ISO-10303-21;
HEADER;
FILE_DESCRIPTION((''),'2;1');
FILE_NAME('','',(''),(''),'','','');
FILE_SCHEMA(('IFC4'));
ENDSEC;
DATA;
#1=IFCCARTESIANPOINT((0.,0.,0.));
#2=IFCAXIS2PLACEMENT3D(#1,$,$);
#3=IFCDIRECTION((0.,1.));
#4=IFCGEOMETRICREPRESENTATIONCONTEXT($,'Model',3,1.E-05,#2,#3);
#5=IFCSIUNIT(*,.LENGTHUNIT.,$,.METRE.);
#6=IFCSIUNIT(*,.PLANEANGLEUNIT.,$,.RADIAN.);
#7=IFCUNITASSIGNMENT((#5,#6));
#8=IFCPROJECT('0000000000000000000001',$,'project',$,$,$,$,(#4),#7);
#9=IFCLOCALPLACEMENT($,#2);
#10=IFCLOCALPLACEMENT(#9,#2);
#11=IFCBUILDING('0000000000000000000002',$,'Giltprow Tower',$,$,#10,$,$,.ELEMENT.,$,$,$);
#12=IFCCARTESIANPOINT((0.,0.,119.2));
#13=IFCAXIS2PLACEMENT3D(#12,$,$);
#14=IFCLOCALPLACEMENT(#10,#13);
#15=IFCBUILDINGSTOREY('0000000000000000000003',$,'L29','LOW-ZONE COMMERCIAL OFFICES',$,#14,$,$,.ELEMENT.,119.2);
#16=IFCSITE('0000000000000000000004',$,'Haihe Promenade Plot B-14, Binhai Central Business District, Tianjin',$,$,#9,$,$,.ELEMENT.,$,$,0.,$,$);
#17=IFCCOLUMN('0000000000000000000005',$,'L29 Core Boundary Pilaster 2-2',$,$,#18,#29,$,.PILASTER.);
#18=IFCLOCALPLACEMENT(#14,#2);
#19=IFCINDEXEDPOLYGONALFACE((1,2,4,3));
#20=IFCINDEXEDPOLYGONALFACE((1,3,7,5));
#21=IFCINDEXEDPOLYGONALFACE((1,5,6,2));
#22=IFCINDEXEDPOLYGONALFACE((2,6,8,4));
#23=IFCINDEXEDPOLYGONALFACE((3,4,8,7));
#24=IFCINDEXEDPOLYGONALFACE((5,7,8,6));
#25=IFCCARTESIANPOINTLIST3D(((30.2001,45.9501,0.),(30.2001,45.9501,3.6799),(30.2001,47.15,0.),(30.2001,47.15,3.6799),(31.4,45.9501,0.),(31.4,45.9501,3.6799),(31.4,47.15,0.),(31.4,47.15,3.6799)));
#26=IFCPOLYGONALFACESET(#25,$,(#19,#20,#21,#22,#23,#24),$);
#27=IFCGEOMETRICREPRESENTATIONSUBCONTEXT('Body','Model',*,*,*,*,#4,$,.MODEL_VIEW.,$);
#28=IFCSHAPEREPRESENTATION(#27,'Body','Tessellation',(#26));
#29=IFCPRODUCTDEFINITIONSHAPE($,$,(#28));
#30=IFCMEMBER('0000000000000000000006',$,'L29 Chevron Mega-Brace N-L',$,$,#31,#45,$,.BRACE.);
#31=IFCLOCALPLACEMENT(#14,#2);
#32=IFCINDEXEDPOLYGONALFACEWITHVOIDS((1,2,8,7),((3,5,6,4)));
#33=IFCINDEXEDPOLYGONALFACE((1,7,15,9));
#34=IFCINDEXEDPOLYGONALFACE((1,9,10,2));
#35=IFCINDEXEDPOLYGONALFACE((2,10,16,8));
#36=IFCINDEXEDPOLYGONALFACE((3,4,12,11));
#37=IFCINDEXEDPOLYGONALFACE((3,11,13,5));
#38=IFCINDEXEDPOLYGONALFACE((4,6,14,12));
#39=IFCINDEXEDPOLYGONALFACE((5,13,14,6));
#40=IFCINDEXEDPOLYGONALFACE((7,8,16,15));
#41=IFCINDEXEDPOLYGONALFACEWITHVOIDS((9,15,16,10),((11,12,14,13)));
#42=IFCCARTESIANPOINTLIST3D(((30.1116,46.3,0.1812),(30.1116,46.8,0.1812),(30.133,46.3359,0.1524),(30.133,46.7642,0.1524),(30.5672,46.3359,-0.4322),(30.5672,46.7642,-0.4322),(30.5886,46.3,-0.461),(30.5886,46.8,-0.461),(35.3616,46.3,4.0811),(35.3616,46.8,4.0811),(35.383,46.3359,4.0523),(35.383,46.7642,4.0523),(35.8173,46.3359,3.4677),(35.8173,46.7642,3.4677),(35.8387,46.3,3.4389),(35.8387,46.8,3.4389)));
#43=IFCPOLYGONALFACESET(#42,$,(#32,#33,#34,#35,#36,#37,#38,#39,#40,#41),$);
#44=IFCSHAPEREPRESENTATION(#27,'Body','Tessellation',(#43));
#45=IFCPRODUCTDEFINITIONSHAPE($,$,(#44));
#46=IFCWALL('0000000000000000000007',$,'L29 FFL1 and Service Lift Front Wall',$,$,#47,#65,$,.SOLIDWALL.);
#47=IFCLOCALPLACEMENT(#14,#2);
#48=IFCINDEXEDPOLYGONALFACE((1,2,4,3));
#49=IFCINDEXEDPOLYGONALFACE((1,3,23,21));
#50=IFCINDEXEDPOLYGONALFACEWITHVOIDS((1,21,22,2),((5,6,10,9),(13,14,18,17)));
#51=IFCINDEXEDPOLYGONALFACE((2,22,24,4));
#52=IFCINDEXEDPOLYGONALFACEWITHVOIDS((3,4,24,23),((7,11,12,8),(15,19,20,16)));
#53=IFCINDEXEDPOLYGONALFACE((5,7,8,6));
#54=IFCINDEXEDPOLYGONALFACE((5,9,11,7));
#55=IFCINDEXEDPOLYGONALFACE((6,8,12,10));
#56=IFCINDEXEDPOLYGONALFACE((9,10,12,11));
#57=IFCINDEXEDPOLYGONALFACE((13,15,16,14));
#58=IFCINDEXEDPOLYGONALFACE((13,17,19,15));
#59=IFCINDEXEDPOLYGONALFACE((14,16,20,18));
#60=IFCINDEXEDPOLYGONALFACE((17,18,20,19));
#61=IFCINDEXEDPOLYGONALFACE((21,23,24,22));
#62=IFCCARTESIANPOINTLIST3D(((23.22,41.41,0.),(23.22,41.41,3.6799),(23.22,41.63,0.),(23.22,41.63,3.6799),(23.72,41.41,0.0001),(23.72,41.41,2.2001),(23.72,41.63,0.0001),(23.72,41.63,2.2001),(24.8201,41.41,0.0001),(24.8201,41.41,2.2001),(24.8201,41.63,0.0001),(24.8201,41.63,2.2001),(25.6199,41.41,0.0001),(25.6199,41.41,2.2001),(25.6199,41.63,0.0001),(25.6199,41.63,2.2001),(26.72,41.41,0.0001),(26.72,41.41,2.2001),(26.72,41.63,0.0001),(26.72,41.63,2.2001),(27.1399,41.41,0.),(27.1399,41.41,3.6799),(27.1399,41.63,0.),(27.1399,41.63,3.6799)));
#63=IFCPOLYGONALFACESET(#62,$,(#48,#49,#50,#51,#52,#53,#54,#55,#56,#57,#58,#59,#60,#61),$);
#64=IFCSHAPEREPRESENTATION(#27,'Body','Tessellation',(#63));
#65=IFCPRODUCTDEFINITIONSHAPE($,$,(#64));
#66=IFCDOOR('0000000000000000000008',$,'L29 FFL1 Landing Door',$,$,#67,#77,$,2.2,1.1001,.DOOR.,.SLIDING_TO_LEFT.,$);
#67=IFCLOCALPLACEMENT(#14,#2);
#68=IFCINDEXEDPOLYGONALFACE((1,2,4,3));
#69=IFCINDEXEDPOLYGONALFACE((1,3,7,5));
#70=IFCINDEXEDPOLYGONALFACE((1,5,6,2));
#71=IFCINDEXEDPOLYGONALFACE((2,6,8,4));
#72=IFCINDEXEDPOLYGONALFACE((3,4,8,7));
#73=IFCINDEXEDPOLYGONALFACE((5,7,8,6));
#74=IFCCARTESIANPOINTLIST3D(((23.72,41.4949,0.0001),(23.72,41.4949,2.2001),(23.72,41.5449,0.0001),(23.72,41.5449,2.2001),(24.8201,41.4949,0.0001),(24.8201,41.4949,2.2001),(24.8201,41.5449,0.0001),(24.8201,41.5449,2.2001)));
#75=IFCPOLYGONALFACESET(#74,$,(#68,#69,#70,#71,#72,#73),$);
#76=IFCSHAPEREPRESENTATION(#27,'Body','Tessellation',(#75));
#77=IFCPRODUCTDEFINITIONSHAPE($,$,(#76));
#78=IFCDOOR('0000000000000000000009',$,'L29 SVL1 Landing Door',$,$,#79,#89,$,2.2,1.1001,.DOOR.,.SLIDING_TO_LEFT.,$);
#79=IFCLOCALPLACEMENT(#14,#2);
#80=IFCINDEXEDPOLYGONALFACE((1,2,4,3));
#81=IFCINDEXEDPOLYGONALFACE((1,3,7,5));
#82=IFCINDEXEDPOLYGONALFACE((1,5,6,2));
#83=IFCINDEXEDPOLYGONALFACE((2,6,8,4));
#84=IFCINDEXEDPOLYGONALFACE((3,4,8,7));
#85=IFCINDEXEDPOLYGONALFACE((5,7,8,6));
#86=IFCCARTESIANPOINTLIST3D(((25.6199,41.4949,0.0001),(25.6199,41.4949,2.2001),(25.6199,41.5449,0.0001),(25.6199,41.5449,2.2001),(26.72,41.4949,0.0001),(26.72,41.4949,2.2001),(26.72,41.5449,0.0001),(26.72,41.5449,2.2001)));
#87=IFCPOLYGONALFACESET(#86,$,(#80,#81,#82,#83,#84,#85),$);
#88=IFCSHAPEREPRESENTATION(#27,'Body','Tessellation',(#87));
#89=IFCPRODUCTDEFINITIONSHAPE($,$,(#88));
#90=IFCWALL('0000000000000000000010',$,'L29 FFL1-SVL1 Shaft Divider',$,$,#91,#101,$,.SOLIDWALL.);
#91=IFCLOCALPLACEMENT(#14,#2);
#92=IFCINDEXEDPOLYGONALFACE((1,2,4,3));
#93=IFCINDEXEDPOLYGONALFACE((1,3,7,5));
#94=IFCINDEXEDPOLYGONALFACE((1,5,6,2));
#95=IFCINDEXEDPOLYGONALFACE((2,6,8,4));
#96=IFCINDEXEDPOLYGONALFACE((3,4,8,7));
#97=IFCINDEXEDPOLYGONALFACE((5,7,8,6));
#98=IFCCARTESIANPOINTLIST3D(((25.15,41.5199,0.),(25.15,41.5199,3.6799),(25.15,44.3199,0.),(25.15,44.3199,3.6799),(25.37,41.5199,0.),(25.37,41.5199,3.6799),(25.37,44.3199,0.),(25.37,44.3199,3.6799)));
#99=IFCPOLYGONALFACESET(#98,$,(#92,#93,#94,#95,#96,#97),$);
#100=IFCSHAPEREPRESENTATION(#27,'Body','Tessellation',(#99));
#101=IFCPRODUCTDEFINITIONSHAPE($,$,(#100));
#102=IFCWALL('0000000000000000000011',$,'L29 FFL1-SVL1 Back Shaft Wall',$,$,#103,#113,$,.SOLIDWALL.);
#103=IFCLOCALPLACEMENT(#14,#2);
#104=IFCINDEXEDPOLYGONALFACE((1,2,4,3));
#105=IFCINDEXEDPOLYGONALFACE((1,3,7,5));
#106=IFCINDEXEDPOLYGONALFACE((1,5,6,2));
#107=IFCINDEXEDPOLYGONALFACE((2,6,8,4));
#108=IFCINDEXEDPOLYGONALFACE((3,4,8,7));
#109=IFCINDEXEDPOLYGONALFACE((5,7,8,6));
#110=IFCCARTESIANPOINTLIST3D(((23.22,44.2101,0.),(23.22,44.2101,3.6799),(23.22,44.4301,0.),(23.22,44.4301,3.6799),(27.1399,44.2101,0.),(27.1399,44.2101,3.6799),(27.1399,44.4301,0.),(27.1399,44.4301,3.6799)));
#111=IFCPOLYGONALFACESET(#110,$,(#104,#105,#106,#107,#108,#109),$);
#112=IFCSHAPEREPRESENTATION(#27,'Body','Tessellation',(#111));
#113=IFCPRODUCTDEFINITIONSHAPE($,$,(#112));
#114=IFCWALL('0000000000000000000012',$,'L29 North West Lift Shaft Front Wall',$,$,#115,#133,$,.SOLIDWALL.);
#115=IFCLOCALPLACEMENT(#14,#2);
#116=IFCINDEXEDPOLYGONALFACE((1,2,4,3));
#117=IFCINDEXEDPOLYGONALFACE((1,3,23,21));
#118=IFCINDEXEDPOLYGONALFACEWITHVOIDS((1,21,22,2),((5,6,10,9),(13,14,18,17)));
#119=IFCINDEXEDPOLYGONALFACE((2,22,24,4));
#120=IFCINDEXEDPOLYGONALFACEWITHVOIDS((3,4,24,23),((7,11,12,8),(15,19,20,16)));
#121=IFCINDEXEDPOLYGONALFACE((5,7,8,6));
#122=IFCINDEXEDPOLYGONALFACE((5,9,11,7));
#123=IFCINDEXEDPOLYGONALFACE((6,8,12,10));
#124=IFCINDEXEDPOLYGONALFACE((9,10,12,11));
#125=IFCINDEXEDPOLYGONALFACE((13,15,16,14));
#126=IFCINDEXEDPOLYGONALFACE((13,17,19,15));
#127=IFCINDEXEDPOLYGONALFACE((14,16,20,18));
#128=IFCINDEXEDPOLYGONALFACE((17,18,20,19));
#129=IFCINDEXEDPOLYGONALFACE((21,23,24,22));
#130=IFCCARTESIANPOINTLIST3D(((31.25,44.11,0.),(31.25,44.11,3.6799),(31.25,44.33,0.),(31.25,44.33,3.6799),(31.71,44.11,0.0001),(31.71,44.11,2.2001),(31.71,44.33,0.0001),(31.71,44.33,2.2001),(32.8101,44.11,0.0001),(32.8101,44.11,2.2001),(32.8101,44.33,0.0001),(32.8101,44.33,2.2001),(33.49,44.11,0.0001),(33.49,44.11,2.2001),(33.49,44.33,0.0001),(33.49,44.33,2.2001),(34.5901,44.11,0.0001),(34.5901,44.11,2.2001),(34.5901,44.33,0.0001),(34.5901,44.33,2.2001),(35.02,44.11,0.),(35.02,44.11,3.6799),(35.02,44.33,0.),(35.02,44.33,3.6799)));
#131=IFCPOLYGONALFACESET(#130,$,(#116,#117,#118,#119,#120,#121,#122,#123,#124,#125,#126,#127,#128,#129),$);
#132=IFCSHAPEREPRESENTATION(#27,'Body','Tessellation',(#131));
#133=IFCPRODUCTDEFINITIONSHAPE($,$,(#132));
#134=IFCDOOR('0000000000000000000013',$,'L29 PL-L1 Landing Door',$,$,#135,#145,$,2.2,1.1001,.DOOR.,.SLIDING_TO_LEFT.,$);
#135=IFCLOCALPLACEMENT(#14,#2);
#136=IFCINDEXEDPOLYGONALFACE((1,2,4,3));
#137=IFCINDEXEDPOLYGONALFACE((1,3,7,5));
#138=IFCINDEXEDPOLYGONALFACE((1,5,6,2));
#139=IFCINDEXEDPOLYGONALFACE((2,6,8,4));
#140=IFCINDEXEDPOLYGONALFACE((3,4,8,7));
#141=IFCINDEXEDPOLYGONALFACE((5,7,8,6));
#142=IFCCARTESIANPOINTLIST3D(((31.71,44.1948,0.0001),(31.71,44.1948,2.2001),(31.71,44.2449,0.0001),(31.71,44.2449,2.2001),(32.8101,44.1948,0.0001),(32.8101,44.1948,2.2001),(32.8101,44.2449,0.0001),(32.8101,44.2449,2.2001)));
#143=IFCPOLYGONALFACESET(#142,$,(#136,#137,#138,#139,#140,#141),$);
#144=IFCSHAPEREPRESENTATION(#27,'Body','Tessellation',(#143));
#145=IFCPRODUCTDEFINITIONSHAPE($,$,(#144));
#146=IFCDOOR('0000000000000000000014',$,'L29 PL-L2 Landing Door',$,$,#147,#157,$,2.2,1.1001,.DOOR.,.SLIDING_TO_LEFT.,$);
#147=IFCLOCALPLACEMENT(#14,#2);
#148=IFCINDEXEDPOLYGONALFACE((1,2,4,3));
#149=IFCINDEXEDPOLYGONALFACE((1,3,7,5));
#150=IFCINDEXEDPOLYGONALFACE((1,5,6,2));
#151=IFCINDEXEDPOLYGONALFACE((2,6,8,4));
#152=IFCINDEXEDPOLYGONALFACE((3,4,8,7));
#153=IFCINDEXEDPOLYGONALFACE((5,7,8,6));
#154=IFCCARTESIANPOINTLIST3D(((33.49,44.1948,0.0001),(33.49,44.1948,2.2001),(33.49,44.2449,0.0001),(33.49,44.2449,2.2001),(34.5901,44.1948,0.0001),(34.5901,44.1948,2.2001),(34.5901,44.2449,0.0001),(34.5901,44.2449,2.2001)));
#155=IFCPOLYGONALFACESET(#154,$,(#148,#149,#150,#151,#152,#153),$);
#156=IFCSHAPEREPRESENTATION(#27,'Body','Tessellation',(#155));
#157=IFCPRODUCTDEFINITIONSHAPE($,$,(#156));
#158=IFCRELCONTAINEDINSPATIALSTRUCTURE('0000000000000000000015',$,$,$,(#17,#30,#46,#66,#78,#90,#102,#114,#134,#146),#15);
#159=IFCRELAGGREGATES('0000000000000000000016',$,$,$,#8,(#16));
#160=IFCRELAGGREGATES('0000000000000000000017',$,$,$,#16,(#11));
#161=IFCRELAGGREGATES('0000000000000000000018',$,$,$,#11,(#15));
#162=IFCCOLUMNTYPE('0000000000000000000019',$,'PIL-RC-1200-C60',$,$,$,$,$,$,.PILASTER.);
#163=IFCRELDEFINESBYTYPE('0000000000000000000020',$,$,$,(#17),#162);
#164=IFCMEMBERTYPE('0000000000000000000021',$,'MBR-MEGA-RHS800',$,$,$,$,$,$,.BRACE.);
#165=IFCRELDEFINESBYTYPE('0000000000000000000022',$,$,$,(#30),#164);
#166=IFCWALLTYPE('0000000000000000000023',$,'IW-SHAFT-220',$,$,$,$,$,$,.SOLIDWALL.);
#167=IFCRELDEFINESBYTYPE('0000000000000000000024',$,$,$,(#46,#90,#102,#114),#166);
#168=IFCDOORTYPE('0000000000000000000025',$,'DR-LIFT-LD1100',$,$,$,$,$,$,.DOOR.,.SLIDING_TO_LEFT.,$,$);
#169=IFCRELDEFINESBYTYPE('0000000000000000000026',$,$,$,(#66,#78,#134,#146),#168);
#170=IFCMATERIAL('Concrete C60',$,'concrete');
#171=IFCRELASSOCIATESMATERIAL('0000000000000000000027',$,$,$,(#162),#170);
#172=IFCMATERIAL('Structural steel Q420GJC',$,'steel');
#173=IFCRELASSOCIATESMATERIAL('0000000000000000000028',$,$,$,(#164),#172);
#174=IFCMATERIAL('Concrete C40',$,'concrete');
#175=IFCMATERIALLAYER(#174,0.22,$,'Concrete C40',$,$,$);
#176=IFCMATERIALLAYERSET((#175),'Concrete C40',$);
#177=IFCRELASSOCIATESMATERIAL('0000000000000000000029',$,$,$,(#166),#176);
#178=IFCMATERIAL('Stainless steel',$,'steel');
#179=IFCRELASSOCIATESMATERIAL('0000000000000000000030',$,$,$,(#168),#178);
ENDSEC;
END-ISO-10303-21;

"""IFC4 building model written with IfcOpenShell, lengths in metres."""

from ifc_helpers import new_model, si_unit, direction, frame, frame_2d, origin, origin_2d, place, context, subcontext, project, spatial, rectangle, hollow_rectangle, extrude, source, transform, mapped, material, layer, layer_set, material_profile, profile_set, type_object, element, fill, save


model = new_model("IFC4")

# Units and contexts
model_context = context("Model", 3, precision=1e-05, world=origin(), true_north=direction((0.0, 1.0)))
body_context = subcontext(model_context, "Body", "Model", "MODEL_VIEW")
ifc_project = project(units=[si_unit("LENGTHUNIT", "METRE"), si_unit("PLANEANGLEUNIT", "RADIAN")], contexts=[model_context])

# Site, building, storey
site_placement = place(None, origin())
site = spatial("IfcSite", under=ifc_project, at=site_placement, Name="Haihe Promenade Plot B-14, Binhai Central Business District, Tianjin", CompositionType="ELEMENT", RefElevation=0.0)
building_placement = place(site_placement, origin())
building = spatial("IfcBuilding", under=site, at=building_placement, Name="Giltprow Tower", CompositionType="ELEMENT")
storey_placement = place(building_placement, frame((0.0, 0.0, 119.2)))
storey = spatial("IfcBuildingStorey", under=building, at=storey_placement, Name="L29", Description="LOW-ZONE COMMERCIAL OFFICES", CompositionType="ELEMENT", Elevation=119.2)

# Column
ifc_material_1 = material(Name="Concrete C60", Category="concrete")
ifc_material_profile_1 = material_profile(ifc_material_1, rectangle(XDim=1.2, YDim=1.2, at=origin_2d()), Name="RC 1200x1200")
ifc_profile_set_1 = profile_set([ifc_material_profile_1], Name="Concrete C60")
column_type = type_object("IfcColumnType", Name="PIL-RC-1200-C60", PredefinedType="PILASTER", material=ifc_profile_set_1)
shared_shape_1 = source(origin(), body_context, "Body", "SweptSolid", [
    extrude(rectangle(XDim=1.2, YDim=1.2, at=origin_2d()), origin(), (0.0, 0.0, 1.0), 3.6799),
])
column_placement = place(storey_placement, frame((30.8, 46.55, 0.0), z_axis=(0.0, 0.0, 1.0), x_axis=(1.0, 0.0, 0.0)))
element("IfcColumn", 1, at=column_placement, inside=storey, type_object=column_type, Name="L29 Core Boundary Pilaster 2-2", PredefinedType="PILASTER", context=body_context, shape_type="MappedRepresentation", body=[
    mapped(shared_shape_1, transform((0.0, 0.0, 0.0), x_axis=(1.0, 0.0, 0.0), y_axis=(0.0, 1.0, 0.0), z_axis=(0.0, 0.0, 1.0), scale=1.0)),
])

# Member
ifc_material_2 = material(Name="Structural steel Q420GJC", Category="steel")
ifc_material_profile_2 = material_profile(ifc_material_2, hollow_rectangle(XDim=0.5, YDim=0.8, WallThickness=0.0359, at=origin_2d()), Name="RHS 800x500x36")
ifc_profile_set_2 = profile_set([ifc_material_profile_2], Name="Structural steel Q420GJC")
member_type = type_object("IfcMemberType", Name="MBR-MEGA-RHS800", PredefinedType="BRACE", material=ifc_profile_set_2)
shared_shape_2 = source(origin(), body_context, "Body", "SweptSolid", [
    extrude(hollow_rectangle(XDim=0.5, YDim=0.8, WallThickness=0.0359, at=origin_2d()), origin(), (0.0, 0.0, 1.0), 6.54),
])
member_placement = place(storey_placement, frame((30.3501, 46.55, -0.1399), z_axis=(0.802751, 0.0, 0.596314), x_axis=(0.0, 1.0, 0.0)))
element("IfcMember", 2, at=member_placement, inside=storey, type_object=member_type, Name="L29 Chevron Mega-Brace N-L", PredefinedType="BRACE", context=body_context, shape_type="MappedRepresentation", body=[
    mapped(shared_shape_2, transform((0.0, 0.0, 0.0), x_axis=(1.0, 0.0, 0.0), y_axis=(0.0, 1.0, 0.0), z_axis=(0.0, 0.0, 1.0), scale=1.0)),
])

# Wall, openings, doors
ifc_material_3 = material(Name="Concrete C40", Category="concrete")
ifc_layer_1 = layer(ifc_material_3, 0.22, Name="Concrete C40")
ifc_layer_set_1 = layer_set([ifc_layer_1], Name="Concrete C40")
wall_type_1 = type_object("IfcWallType", Name="IW-SHAFT-220", PredefinedType="SOLIDWALL", material=ifc_layer_set_1)
wall_1_placement = place(storey_placement, frame((23.22, 41.52, 0.0), z_axis=(0.0, 0.0, 1.0), x_axis=(1.0, 0.0, 0.0)))
wall_1 = element("IfcWall", 3, at=wall_1_placement, inside=storey, type_object=wall_type_1, Name="L29 FFL1 and Service Lift Front Wall", PredefinedType="SOLIDWALL", context=body_context, shape_type="SweptSolid", body=[
    extrude(rectangle(XDim=3.9199, YDim=0.22, at=frame_2d((1.96, 0.0))), origin(), (0.0, 0.0, 1.0), 3.6799),
])
opening_1_placement = place(wall_1_placement, frame((0.5, 0.0, 0.0)))
opening_1 = element("IfcOpeningElement", 4, at=opening_1_placement, cuts=wall_1, PredefinedType="OPENING", context=body_context, shape_type="SweptSolid", body=[
    extrude(rectangle(XDim=1.1001, YDim=2.2, at=frame_2d((0.55, 1.1001))), frame((0.0, 0.1199, 0.0), z_axis=(0.0, -1.0, 0.0), x_axis=(1.0, 0.0, 0.0)), (0.0, 0.0, 1.0), 0.24),
])
opening_2_placement = place(wall_1_placement, frame((2.3999, 0.0, 0.0)))
opening_2 = element("IfcOpeningElement", 5, at=opening_2_placement, cuts=wall_1, PredefinedType="OPENING", context=body_context, shape_type="SweptSolid", body=[
    extrude(rectangle(XDim=1.1001, YDim=2.2, at=frame_2d((0.55, 1.1001))), frame((0.0, 0.1199, 0.0), z_axis=(0.0, -1.0, 0.0), x_axis=(1.0, 0.0, 0.0)), (0.0, 0.0, 1.0), 0.24),
])
ifc_material_4 = material(Name="Stainless steel", Category="steel")
door_type = type_object("IfcDoorType", Name="DR-LIFT-LD1100", OperationType="SLIDING_TO_LEFT", PredefinedType="DOOR", material=ifc_material_4)
shared_shape_3 = source(origin(), body_context, "Body", "SweptSolid", [
    extrude(rectangle(XDim=1.1001, YDim=2.2, at=frame_2d((0.55, 1.1001))), frame((0.0, 0.0249, 0.0), z_axis=(0.0, -1.0, 0.0), x_axis=(1.0, 0.0, 0.0)), (0.0, 0.0, 1.0), 0.05),
])
door_1_placement = place(opening_1_placement, origin())
door_1 = element("IfcDoor", 6, at=door_1_placement, inside=storey, type_object=door_type, Name="L29 FFL1 Landing Door", OperationType="SLIDING_TO_LEFT", OverallHeight=2.2, OverallWidth=1.1001, PredefinedType="DOOR", context=body_context, shape_type="MappedRepresentation", body=[
    mapped(shared_shape_3, transform((0.0, 0.0, 0.0), x_axis=(1.0, 0.0, 0.0), y_axis=(0.0, 1.0, 0.0), z_axis=(0.0, 0.0, 1.0), scale=1.0)),
])
fill(opening_1, door_1)
door_2_placement = place(opening_2_placement, origin())
door_2 = element("IfcDoor", 7, at=door_2_placement, inside=storey, type_object=door_type, Name="L29 SVL1 Landing Door", OperationType="SLIDING_TO_LEFT", OverallHeight=2.2, OverallWidth=1.1001, PredefinedType="DOOR", context=body_context, shape_type="MappedRepresentation", body=[
    mapped(shared_shape_3, transform((0.0, 0.0, 0.0), x_axis=(1.0, 0.0, 0.0), y_axis=(0.0, 1.0, 0.0), z_axis=(0.0, 0.0, 1.0), scale=1.0)),
])
fill(opening_2, door_2)

# Walls
wall_2_placement = place(storey_placement, frame((25.26, 41.52, 0.0), z_axis=(0.0, 0.0, 1.0), x_axis=(0.0, 1.0, 0.0)))
element("IfcWall", 8, at=wall_2_placement, inside=storey, type_object=wall_type_1, Name="L29 FFL1-SVL1 Shaft Divider", PredefinedType="SOLIDWALL", context=body_context, shape_type="SweptSolid", body=[
    extrude(rectangle(XDim=2.8, YDim=0.22, at=frame_2d((1.3999, 0.0))), origin(), (0.0, 0.0, 1.0), 3.6799),
])
wall_3_placement = place(storey_placement, frame((23.22, 44.3201, 0.0), z_axis=(0.0, 0.0, 1.0), x_axis=(1.0, 0.0, 0.0)))
element("IfcWall", 9, at=wall_3_placement, inside=storey, type_object=wall_type_1, Name="L29 FFL1-SVL1 Back Shaft Wall", PredefinedType="SOLIDWALL", context=body_context, shape_type="SweptSolid", body=[
    extrude(rectangle(XDim=3.9199, YDim=0.22, at=frame_2d((1.96, 0.0))), origin(), (0.0, 0.0, 1.0), 3.6799),
])

# Wall, openings, doors
wall_4_placement = place(storey_placement, frame((31.25, 44.22, 0.0), z_axis=(0.0, 0.0, 1.0), x_axis=(1.0, 0.0, 0.0)))
wall_4 = element("IfcWall", 10, at=wall_4_placement, inside=storey, type_object=wall_type_1, Name="L29 North West Lift Shaft Front Wall", PredefinedType="SOLIDWALL", context=body_context, shape_type="SweptSolid", body=[
    extrude(rectangle(XDim=3.77, YDim=0.22, at=frame_2d((1.885, 0.0))), origin(), (0.0, 0.0, 1.0), 3.6799),
])
opening_3_placement = place(wall_4_placement, frame((0.46, 0.0, 0.0)))
opening_3 = element("IfcOpeningElement", 11, at=opening_3_placement, cuts=wall_4, PredefinedType="OPENING", context=body_context, shape_type="SweptSolid", body=[
    extrude(rectangle(XDim=1.1001, YDim=2.2, at=frame_2d((0.55, 1.1001))), frame((0.0, 0.1199, 0.0), z_axis=(0.0, -1.0, 0.0), x_axis=(1.0, 0.0, 0.0)), (0.0, 0.0, 1.0), 0.24),
])
opening_4_placement = place(wall_4_placement, frame((2.24, 0.0, 0.0)))
opening_4 = element("IfcOpeningElement", 12, at=opening_4_placement, cuts=wall_4, PredefinedType="OPENING", context=body_context, shape_type="SweptSolid", body=[
    extrude(rectangle(XDim=1.1001, YDim=2.2, at=frame_2d((0.55, 1.1001))), frame((0.0, 0.1199, 0.0), z_axis=(0.0, -1.0, 0.0), x_axis=(1.0, 0.0, 0.0)), (0.0, 0.0, 1.0), 0.24),
])
door_3_placement = place(opening_3_placement, origin())
door_3 = element("IfcDoor", 13, at=door_3_placement, inside=storey, type_object=door_type, Name="L29 PL-L1 Landing Door", OperationType="SLIDING_TO_LEFT", OverallHeight=2.2, OverallWidth=1.1001, PredefinedType="DOOR", context=body_context, shape_type="MappedRepresentation", body=[
    mapped(shared_shape_3, transform((0.0, 0.0, 0.0), x_axis=(1.0, 0.0, 0.0), y_axis=(0.0, 1.0, 0.0), z_axis=(0.0, 0.0, 1.0), scale=1.0)),
])
fill(opening_3, door_3)
door_4_placement = place(opening_4_placement, origin())
door_4 = element("IfcDoor", 14, at=door_4_placement, inside=storey, type_object=door_type, Name="L29 PL-L2 Landing Door", OperationType="SLIDING_TO_LEFT", OverallHeight=2.2, OverallWidth=1.1001, PredefinedType="DOOR", context=body_context, shape_type="MappedRepresentation", body=[
    mapped(shared_shape_3, transform((0.0, 0.0, 0.0), x_axis=(1.0, 0.0, 0.0), y_axis=(0.0, 1.0, 0.0), z_axis=(0.0, 0.0, 1.0), scale=1.0)),
])
fill(opening_4, door_4)

save(model, "model.ifc")
